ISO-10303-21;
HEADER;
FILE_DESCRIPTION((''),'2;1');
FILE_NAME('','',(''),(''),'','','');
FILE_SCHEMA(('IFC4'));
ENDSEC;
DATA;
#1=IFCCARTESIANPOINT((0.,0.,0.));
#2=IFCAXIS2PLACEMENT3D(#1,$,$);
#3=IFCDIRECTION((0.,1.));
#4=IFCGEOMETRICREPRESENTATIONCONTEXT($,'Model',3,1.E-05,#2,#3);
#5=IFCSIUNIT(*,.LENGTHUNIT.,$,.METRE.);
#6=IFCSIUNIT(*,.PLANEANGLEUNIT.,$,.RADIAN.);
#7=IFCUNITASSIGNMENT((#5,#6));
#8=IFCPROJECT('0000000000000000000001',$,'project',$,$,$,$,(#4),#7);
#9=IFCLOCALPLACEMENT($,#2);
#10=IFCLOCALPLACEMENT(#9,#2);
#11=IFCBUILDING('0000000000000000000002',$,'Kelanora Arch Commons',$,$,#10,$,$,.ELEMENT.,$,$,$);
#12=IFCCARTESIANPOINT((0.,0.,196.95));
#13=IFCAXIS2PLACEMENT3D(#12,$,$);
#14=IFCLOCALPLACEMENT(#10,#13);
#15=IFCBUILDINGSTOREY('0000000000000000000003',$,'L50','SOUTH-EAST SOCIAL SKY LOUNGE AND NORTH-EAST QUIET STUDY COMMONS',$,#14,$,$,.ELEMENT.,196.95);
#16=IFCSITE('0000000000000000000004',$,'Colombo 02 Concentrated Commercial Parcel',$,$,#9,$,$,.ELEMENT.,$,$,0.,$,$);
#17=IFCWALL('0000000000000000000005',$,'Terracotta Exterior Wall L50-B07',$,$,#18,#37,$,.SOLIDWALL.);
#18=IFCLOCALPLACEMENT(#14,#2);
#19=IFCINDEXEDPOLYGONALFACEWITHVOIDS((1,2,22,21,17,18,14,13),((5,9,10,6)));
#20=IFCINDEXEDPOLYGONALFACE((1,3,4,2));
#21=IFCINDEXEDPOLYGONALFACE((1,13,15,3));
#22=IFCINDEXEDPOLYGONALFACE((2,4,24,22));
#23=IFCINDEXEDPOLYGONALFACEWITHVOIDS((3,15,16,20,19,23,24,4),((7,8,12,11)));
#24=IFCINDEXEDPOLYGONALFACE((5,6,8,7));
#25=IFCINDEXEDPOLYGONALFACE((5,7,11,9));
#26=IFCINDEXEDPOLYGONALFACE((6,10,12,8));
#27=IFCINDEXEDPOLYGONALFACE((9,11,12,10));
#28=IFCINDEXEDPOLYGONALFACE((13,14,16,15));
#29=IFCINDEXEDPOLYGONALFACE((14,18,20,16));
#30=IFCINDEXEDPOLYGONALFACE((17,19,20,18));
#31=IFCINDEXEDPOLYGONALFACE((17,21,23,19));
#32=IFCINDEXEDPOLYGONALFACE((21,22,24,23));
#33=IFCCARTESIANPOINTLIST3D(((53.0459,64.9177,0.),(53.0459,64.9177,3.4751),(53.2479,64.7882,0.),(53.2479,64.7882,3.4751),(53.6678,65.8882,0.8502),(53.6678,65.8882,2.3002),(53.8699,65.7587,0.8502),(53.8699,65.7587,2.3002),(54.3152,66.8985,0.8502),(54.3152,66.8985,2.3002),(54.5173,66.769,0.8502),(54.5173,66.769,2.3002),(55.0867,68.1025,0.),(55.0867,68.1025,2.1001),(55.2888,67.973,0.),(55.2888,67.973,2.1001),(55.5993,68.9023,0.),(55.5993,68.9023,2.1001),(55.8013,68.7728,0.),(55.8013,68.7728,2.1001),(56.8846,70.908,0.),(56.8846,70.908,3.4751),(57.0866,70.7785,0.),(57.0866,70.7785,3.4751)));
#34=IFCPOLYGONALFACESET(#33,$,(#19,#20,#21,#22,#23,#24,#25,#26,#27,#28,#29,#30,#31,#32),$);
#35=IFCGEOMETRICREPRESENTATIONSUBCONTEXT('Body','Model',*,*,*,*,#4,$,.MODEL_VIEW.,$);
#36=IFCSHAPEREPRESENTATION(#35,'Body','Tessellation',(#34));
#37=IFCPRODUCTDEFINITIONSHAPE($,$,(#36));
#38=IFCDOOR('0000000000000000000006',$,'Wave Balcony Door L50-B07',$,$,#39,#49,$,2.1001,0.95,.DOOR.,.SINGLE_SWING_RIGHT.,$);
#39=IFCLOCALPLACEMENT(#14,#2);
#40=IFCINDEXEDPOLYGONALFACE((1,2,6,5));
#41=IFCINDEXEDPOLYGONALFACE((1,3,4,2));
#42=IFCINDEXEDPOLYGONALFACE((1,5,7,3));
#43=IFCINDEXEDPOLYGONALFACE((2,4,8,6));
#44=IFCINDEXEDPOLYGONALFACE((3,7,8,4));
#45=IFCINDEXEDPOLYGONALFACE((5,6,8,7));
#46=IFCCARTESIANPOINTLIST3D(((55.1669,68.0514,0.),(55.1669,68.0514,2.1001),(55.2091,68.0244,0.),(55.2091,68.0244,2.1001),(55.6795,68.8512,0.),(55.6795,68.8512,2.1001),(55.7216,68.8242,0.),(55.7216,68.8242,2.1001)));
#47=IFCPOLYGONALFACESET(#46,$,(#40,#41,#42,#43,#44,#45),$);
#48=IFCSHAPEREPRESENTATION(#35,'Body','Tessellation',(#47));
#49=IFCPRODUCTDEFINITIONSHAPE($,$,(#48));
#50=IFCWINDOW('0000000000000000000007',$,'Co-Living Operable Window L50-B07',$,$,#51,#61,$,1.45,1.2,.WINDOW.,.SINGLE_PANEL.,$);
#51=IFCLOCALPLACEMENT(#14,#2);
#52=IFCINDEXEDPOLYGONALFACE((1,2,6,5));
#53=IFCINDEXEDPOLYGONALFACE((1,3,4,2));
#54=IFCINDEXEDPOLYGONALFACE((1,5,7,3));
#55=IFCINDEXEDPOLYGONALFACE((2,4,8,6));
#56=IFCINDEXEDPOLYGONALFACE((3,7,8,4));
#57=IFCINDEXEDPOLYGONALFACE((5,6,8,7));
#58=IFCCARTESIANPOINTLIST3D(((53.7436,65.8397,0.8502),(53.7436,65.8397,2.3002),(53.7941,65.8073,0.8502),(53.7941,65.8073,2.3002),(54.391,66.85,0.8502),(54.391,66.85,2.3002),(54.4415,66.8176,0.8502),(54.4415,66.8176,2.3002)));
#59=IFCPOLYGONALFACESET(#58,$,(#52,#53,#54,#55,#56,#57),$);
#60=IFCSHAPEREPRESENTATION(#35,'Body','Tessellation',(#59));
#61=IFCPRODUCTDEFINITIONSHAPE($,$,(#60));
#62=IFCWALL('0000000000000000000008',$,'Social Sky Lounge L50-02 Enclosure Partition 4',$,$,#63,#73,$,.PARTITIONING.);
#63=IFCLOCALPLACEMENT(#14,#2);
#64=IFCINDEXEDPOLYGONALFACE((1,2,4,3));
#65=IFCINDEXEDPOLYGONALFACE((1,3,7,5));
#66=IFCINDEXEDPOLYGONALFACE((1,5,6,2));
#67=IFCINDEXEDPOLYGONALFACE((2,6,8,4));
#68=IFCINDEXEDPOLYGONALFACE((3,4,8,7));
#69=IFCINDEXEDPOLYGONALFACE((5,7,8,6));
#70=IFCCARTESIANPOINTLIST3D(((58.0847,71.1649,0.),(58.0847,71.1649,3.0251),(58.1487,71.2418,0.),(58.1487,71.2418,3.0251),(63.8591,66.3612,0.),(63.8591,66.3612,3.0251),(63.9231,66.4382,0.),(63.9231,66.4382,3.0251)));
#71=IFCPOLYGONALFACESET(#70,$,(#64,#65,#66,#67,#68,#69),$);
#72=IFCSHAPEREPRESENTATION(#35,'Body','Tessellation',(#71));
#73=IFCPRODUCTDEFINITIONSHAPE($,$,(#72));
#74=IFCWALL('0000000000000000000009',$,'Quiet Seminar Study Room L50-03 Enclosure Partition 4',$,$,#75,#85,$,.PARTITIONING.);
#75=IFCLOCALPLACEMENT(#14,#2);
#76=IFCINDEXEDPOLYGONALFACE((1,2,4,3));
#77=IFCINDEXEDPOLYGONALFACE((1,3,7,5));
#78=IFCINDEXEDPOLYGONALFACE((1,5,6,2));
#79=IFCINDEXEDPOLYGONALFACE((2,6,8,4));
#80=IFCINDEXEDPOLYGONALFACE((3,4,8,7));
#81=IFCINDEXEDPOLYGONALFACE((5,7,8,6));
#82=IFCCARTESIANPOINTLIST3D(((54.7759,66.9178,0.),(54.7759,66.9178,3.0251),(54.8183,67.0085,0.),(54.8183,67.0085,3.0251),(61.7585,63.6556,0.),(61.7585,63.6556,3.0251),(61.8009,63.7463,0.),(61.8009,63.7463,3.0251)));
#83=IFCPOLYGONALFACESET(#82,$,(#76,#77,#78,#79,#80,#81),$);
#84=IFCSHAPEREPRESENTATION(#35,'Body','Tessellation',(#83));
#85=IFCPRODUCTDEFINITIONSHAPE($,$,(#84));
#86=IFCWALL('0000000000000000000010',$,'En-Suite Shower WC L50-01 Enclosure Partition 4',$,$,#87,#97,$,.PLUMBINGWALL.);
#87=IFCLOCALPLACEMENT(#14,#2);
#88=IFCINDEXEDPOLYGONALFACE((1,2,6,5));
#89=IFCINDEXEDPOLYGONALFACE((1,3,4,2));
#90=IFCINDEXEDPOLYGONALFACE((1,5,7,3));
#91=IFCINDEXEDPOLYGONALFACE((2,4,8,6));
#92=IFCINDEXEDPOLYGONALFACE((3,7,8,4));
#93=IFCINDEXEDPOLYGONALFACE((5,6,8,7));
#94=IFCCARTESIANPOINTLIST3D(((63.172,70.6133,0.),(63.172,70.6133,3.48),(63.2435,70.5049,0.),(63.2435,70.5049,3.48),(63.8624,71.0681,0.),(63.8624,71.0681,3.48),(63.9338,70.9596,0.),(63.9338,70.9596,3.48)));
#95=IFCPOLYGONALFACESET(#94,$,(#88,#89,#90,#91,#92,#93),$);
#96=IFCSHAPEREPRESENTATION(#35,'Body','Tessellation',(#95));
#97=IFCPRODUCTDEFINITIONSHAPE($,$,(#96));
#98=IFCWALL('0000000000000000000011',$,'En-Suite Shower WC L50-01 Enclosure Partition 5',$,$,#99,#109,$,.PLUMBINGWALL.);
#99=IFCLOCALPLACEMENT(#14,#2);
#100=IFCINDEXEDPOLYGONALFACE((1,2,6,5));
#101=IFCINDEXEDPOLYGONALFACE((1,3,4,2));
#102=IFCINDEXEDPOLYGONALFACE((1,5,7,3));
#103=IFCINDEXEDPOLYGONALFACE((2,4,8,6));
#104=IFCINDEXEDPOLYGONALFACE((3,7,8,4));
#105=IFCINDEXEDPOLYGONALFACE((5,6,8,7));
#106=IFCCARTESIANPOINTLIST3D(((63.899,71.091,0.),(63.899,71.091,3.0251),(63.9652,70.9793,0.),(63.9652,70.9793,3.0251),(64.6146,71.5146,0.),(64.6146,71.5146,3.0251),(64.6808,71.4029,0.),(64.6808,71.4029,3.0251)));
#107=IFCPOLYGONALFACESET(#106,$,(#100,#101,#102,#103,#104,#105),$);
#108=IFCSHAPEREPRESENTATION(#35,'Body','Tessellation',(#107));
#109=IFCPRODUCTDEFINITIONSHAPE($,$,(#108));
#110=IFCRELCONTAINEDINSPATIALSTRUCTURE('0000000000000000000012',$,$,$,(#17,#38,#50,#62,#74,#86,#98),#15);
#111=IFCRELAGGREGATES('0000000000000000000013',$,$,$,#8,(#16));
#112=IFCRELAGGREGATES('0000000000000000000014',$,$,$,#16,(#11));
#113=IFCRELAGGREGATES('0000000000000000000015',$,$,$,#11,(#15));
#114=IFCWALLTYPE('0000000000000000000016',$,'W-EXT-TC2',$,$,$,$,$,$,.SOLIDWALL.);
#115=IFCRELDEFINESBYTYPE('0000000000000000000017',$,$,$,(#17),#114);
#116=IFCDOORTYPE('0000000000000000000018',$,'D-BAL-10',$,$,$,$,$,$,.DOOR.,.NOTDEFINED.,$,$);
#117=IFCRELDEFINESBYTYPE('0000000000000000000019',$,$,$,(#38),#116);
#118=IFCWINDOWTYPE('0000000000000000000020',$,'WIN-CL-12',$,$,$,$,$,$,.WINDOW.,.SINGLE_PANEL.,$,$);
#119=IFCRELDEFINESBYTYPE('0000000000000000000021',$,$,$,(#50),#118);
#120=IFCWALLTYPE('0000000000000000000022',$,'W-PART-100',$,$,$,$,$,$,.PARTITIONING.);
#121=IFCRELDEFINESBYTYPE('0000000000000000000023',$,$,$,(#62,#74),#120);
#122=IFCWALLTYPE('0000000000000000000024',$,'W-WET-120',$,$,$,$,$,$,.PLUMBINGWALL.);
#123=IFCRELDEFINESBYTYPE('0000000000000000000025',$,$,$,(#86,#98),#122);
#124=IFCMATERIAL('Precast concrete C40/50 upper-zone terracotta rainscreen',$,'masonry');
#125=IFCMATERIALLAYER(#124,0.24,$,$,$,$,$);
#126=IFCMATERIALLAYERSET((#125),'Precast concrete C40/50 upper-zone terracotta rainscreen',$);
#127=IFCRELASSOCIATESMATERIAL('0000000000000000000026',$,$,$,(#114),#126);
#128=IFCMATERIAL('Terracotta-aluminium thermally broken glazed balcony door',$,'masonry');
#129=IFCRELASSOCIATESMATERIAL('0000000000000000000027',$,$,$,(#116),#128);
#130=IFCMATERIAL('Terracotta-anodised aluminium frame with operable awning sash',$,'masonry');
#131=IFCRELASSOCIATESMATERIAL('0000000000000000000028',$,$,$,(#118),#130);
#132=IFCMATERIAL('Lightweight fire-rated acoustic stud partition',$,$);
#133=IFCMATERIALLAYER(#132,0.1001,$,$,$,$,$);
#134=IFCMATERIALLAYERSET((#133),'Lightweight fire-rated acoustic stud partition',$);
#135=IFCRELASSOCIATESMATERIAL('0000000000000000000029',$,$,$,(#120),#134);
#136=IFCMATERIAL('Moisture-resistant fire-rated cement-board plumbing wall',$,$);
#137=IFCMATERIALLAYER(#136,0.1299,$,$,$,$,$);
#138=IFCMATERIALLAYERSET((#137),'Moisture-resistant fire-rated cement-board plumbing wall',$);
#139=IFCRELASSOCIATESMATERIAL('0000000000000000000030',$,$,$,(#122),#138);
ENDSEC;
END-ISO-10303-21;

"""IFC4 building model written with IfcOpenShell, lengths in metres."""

from ifc_helpers import new_model, si_unit, direction, frame, frame_2d, origin, place, context, subcontext, project, spatial, rectangle, extrude, material, layer, layer_set, type_object, element, fill, save


model = new_model("IFC4")

# Units and contexts
model_context = context("Model", 3, precision=1e-05, world=origin(), true_north=direction((0.0, 1.0)))
body_context = subcontext(model_context, "Body", "Model", "MODEL_VIEW")
ifc_project = project(units=[si_unit("LENGTHUNIT", "METRE"), si_unit("PLANEANGLEUNIT", "RADIAN")], contexts=[model_context])

# Site, building, storey
site_placement = place(None, origin())
site = spatial("IfcSite", under=ifc_project, at=site_placement, Name="Colombo 02 Concentrated Commercial Parcel", CompositionType="ELEMENT", RefElevation=0.0)
building_placement = place(site_placement, origin())
building = spatial("IfcBuilding", under=site, at=building_placement, Name="Kelanora Arch Commons", CompositionType="ELEMENT")
storey_placement = place(building_placement, frame((0.0, 0.0, 196.95)))
storey = spatial("IfcBuildingStorey", under=building, at=storey_placement, Name="L50", Description="SOUTH-EAST SOCIAL SKY LOUNGE AND NORTH-EAST QUIET STUDY COMMONS", CompositionType="ELEMENT", Elevation=196.95)

# Shared definitions
ifc_material_1 = material(Name="Precast concrete C40/50 upper-zone terracotta rainscreen", Category="masonry")
ifc_layer_1 = layer(ifc_material_1, 0.24)
ifc_layer_set_1 = layer_set([ifc_layer_1], Name="Precast concrete C40/50 upper-zone terracotta rainscreen")
wall_type_1 = type_object("IfcWallType", Name="W-EXT-TC2", PredefinedType="SOLIDWALL", material=ifc_layer_set_1)

# Wall, openings, door, window
wall_1_placement = place(storey_placement, frame((56.9856, 70.8433, 0.0), z_axis=(0.0, 0.0, 1.0), x_axis=(-0.53954, -0.84196, 0.0)))
wall_1 = element("IfcWall", 1, at=wall_1_placement, inside=storey, type_object=wall_type_1, Name="Terracotta Exterior Wall L50-B07", PredefinedType="SOLIDWALL", context=body_context, shape_type="SweptSolid", body=[
    extrude(rectangle(XDim=7.1147, YDim=0.24, at=frame_2d((3.5574, 0.0))), origin(), (0.0, 0.0, 1.0), 3.4751),
])
opening_1_placement = place(wall_1_placement, frame((2.3821, 0.0, 0.0)))
opening_1 = element("IfcOpeningElement", 2, at=opening_1_placement, cuts=wall_1, PredefinedType="OPENING", context=body_context, shape_type="SweptSolid", body=[
    extrude(rectangle(XDim=0.95, YDim=2.1001, at=frame_2d((0.4751, 1.05))), frame((0.0, 0.1299, 0.0), z_axis=(0.0, -1.0, 0.0), x_axis=(1.0, 0.0, 0.0)), (0.0, 0.0, 1.0), 0.26),
])
opening_2_placement = place(wall_1_placement, frame((4.762, 0.0, 0.8501)))
opening_2 = element("IfcOpeningElement", 3, at=opening_2_placement, cuts=wall_1, PredefinedType="OPENING", context=body_context, shape_type="SweptSolid", body=[
    extrude(rectangle(XDim=1.2, YDim=1.45, at=frame_2d((0.6001, 0.7251))), frame((0.0, 0.1299, 0.0), z_axis=(0.0, -1.0, 0.0), x_axis=(1.0, 0.0, 0.0)), (0.0, 0.0, 1.0), 0.26),
])
ifc_material_2 = material(Name="Terracotta-aluminium thermally broken glazed balcony door", Category="masonry")
door_type = type_object("IfcDoorType", Name="D-BAL-10", OperationType="NOTDEFINED", PredefinedType="DOOR", material=ifc_material_2)
door_placement = place(opening_1_placement, frame((0.95, 0.0, 0.0), z_axis=(0.0, 0.0, 1.0), x_axis=(-1.0, 0.0, 0.0)))
door = element("IfcDoor", 4, at=door_placement, inside=storey, type_object=door_type, Name="Wave Balcony Door L50-B07", OperationType="SINGLE_SWING_RIGHT", OverallHeight=2.1001, OverallWidth=0.95, PredefinedType="DOOR", context=body_context, shape_type="SweptSolid", body=[
    extrude(rectangle(XDim=0.95, YDim=2.1001, at=frame_2d((0.4751, 1.05))), frame((0.0, 0.0249, 0.0), z_axis=(0.0, -1.0, 0.0), x_axis=(1.0, 0.0, 0.0)), (0.0, 0.0, 1.0), 0.05),
])
fill(opening_1, door)
ifc_material_3 = material(Name="Terracotta-anodised aluminium frame with operable awning sash", Category="masonry")
window_type_1 = type_object("IfcWindowType", Name="WIN-CL-12", PartitioningType="SINGLE_PANEL", PredefinedType="WINDOW", material=ifc_material_3)
window_1_placement = place(opening_2_placement, origin())
window_1 = element("IfcWindow", 5, at=window_1_placement, inside=storey, type_object=window_type_1, Name="Co-Living Operable Window L50-B07", OverallHeight=1.45, OverallWidth=1.2, PartitioningType="SINGLE_PANEL", PredefinedType="WINDOW", context=body_context, shape_type="SweptSolid", body=[
    extrude(rectangle(XDim=1.2, YDim=1.45, at=frame_2d((0.6001, 0.7251))), frame((0.0, 0.03, 0.0), z_axis=(0.0, -1.0, 0.0), x_axis=(1.0, 0.0, 0.0)), (0.0, 0.0, 1.0), 0.0601),
])
fill(opening_2, window_1)

# Walls
ifc_material_4 = material(Name="Lightweight fire-rated acoustic stud partition")
ifc_layer_2 = layer(ifc_material_4, 0.1001)
ifc_layer_set_2 = layer_set([ifc_layer_2], Name="Lightweight fire-rated acoustic stud partition")
wall_type_2 = type_object("IfcWallType", Name="W-PART-100", PredefinedType="PARTITIONING", material=ifc_layer_set_2)
wall_2_placement = place(storey_placement, frame((58.1167, 71.2034, 0.0), z_axis=(0.0, 0.0, 1.0), x_axis=(0.768764, -0.639532, 0.0)))
element("IfcWall", 6, at=wall_2_placement, inside=storey, type_object=wall_type_2, Name="Social Sky Lounge L50-02 Enclosure Partition 4", PredefinedType="PARTITIONING", context=body_context, shape_type="SweptSolid", body=[
    extrude(rectangle(XDim=7.5112, YDim=0.1001, at=frame_2d((3.7556, 0.0))), origin(), (0.0, 0.0, 1.0), 3.0251),
])
wall_3_placement = place(storey_placement, frame((54.7971, 66.9631, 0.0), z_axis=(0.0, 0.0, 1.0), x_axis=(0.906003, -0.423272, 0.0)))
element("IfcWall", 7, at=wall_3_placement, inside=storey, type_object=wall_type_2, Name="Quiet Seminar Study Room L50-03 Enclosure Partition 4", PredefinedType="PARTITIONING", context=body_context, shape_type="SweptSolid", body=[
    extrude(rectangle(XDim=7.707, YDim=0.1001, at=frame_2d((3.8535, 0.0))), origin(), (0.0, 0.0, 1.0), 3.0251),
])
ifc_material_5 = material(Name="Moisture-resistant fire-rated cement-board plumbing wall")
ifc_layer_3 = layer(ifc_material_5, 0.1299)
ifc_layer_set_3 = layer_set([ifc_layer_3], Name="Moisture-resistant fire-rated cement-board plumbing wall")
wall_type_3 = type_object("IfcWallType", Name="W-WET-120", PredefinedType="PLUMBINGWALL", material=ifc_layer_set_3)
wall_4_placement = place(storey_placement, frame((63.2078, 70.5591, 0.0), z_axis=(0.0, 0.0, 1.0), x_axis=(0.835082, 0.550126, 0.0)))
element("IfcWall", 8, at=wall_4_placement, inside=storey, type_object=wall_type_3, Name="En-Suite Shower WC L50-01 Enclosure Partition 4", PredefinedType="PLUMBINGWALL", context=body_context, shape_type="SweptSolid", body=[
    extrude(rectangle(XDim=0.8267, YDim=0.1299, at=frame_2d((0.4133, 0.0))), origin(), (0.0, 0.0, 1.0), 3.48),
])
wall_5_placement = place(storey_placement, frame((63.9321, 71.0352, 0.0), z_axis=(0.0, 0.0, 1.0), x_axis=(0.860535, 0.509392, 0.0)))
element("IfcWall", 9, at=wall_5_placement, inside=storey, type_object=wall_type_3, Name="En-Suite Shower WC L50-01 Enclosure Partition 5", PredefinedType="PLUMBINGWALL", context=body_context, shape_type="SweptSolid", body=[
    extrude(rectangle(XDim=0.8315, YDim=0.1299, at=frame_2d((0.4158, 0.0))), origin(), (0.0, 0.0, 1.0), 3.0251),
])

save(model, "model.ifc")
